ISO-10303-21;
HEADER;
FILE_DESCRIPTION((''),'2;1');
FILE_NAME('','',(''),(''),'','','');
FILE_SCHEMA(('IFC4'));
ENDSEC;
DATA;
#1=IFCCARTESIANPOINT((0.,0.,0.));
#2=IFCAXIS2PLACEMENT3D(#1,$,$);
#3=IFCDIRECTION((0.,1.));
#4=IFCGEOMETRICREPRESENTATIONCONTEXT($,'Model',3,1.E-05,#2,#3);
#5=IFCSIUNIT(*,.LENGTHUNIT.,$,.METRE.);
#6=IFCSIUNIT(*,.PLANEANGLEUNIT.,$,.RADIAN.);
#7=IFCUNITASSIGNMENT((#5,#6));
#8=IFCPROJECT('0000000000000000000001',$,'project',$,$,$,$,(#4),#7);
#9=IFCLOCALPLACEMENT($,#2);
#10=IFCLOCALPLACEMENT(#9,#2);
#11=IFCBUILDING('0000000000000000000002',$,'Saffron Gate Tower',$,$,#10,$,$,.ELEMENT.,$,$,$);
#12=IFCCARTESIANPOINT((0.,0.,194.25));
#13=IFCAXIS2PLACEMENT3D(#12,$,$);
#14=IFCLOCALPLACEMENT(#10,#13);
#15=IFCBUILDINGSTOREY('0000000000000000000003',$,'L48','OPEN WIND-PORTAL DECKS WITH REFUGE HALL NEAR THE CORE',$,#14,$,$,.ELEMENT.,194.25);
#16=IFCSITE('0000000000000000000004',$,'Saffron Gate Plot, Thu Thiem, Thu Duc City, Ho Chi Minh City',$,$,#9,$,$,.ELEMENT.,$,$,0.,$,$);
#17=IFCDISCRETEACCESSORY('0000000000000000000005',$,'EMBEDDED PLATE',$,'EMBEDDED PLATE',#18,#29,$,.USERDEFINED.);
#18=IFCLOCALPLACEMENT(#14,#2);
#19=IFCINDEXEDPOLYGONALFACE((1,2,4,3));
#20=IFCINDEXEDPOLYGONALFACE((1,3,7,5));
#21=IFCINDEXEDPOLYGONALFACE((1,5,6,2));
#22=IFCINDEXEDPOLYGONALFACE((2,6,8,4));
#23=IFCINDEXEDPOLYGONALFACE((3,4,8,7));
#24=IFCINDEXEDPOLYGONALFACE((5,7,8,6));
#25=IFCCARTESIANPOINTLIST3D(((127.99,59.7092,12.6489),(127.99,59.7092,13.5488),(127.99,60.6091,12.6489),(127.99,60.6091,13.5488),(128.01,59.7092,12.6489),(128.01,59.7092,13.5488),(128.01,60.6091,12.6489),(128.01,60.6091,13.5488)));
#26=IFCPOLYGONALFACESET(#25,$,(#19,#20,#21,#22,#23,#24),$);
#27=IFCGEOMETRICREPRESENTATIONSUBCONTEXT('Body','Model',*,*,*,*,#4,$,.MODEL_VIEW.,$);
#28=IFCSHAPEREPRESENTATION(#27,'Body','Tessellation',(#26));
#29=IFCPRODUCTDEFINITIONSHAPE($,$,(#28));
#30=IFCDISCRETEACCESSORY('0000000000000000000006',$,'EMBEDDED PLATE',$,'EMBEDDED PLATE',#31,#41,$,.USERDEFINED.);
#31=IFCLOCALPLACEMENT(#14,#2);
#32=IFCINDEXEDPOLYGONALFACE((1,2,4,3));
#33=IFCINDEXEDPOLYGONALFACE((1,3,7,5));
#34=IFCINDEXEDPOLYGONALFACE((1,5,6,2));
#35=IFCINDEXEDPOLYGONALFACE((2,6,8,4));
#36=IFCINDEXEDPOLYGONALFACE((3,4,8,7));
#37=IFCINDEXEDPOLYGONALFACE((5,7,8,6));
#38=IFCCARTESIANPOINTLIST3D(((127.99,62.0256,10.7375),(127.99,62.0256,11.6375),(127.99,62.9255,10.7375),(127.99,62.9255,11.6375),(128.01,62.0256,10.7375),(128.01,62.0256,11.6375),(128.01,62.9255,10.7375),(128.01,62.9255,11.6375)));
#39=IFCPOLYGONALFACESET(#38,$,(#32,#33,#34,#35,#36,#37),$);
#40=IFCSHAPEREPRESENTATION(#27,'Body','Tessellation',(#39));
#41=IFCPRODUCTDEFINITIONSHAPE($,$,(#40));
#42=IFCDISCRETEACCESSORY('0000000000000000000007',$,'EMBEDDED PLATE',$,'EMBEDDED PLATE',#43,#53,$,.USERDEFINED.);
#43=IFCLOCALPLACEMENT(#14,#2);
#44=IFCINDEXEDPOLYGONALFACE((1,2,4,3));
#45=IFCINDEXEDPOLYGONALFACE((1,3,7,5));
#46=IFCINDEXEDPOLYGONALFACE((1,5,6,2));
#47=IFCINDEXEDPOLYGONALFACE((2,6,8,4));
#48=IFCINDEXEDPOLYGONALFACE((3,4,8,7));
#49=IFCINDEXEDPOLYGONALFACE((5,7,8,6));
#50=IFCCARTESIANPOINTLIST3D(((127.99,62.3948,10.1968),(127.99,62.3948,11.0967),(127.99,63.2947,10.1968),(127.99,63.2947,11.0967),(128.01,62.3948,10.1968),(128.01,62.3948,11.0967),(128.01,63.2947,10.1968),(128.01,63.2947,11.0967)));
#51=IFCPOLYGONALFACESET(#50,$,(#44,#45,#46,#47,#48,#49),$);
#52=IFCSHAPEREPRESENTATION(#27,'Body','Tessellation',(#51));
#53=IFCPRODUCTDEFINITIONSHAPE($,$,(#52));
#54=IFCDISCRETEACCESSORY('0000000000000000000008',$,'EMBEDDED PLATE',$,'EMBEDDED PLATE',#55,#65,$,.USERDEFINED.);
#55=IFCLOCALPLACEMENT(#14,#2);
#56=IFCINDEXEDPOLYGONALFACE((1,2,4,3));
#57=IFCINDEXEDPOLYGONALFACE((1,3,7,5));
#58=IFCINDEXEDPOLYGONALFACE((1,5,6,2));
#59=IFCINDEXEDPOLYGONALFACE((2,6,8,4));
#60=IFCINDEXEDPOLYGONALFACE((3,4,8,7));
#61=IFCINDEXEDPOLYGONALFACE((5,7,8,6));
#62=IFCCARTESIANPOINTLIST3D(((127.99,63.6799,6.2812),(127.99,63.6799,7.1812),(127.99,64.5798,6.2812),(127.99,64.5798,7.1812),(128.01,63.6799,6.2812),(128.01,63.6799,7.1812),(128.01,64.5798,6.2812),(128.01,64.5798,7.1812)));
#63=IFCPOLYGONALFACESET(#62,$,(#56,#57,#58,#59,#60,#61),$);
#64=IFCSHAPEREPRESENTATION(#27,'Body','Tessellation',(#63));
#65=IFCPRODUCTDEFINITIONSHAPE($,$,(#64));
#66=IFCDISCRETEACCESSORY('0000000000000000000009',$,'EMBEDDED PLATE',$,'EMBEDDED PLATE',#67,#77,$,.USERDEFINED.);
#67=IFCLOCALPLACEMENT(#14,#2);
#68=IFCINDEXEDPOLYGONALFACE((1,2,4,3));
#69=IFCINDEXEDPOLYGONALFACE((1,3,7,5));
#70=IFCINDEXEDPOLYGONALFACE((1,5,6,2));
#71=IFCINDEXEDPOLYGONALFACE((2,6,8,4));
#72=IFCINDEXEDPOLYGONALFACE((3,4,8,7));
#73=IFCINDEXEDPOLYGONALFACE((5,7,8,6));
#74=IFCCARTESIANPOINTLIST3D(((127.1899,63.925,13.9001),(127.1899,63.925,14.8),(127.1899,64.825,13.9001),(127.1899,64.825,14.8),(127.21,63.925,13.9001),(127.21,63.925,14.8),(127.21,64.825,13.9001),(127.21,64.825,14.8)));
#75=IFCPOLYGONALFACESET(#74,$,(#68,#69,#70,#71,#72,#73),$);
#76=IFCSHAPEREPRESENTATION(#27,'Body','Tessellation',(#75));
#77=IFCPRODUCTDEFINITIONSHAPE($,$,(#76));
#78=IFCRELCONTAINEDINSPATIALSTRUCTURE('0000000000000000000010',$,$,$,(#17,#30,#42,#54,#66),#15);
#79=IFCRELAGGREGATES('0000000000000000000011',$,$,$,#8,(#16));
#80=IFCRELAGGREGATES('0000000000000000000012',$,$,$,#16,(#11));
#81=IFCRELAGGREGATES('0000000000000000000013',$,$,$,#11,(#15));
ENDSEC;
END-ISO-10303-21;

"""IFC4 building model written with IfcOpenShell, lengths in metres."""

from ifc_helpers import new_model, si_unit, direction, frame, origin, origin_2d, place, context, subcontext, project, spatial, rectangle, extrude, element, save


model = new_model("IFC4")

# Units and contexts
model_context = context("Model", 3, precision=1e-05, world=origin(), true_north=direction((0.0, 1.0)))
body_context = subcontext(model_context, "Body", "Model", "MODEL_VIEW")
ifc_project = project(units=[si_unit("LENGTHUNIT", "METRE"), si_unit("PLANEANGLEUNIT", "RADIAN")], contexts=[model_context])

# Site, building, storey
site_placement = place(None, origin())
site = spatial("IfcSite", under=ifc_project, at=site_placement, Name="Saffron Gate Plot, Thu Thiem, Thu Duc City, Ho Chi Minh City", CompositionType="ELEMENT", RefElevation=0.0)
building_placement = place(site_placement, origin())
building = spatial("IfcBuilding", under=site, at=building_placement, Name="Saffron Gate Tower", CompositionType="ELEMENT")
storey_placement = place(building_placement, frame((0.0, 0.0, 194.25)))
storey = spatial("IfcBuildingStorey", under=building, at=storey_placement, Name="L48", Description="OPEN WIND-PORTAL DECKS WITH REFUGE HALL NEAR THE CORE", CompositionType="ELEMENT", Elevation=194.25)

# Discrete accessories
for number, where, z_axis, x_axis, name in (
    (1, (128.0, 60.1592, 12.6489), (0.0, 0.0, 1.0), (0.0, 1.0, 0.0), "EMBEDDED PLATE"),
    (2, (128.0, 62.4756, 10.7375), (0.0, 0.0, 1.0), (0.0, 1.0, 0.0), "EMBEDDED PLATE"),
    (3, (128.0, 62.8447, 10.1968), (0.0, 0.0, 1.0), (0.0, 1.0, 0.0), "EMBEDDED PLATE"),
    (4, (128.0, 64.1299, 6.2812), (0.0, 0.0, 1.0), (0.0, 1.0, 0.0), "EMBEDDED PLATE"),
    (5, (127.2, 64.375, 13.9001), (0.0, 0.0, 1.0), (0.0, 1.0, 0.0), "EMBEDDED PLATE"),
):
    element("IfcDiscreteAccessory", number, at=place(storey_placement, frame(where, z_axis=z_axis, x_axis=x_axis)), inside=storey, Name=name, ObjectType="EMBEDDED PLATE", PredefinedType="USERDEFINED", context=body_context, shape_type="SweptSolid", body=[
        extrude(rectangle(XDim=0.8999, YDim=0.02, at=origin_2d()), origin(), (0.0, 0.0, 1.0), 0.8999),
    ])

save(model, "model.ifc")
